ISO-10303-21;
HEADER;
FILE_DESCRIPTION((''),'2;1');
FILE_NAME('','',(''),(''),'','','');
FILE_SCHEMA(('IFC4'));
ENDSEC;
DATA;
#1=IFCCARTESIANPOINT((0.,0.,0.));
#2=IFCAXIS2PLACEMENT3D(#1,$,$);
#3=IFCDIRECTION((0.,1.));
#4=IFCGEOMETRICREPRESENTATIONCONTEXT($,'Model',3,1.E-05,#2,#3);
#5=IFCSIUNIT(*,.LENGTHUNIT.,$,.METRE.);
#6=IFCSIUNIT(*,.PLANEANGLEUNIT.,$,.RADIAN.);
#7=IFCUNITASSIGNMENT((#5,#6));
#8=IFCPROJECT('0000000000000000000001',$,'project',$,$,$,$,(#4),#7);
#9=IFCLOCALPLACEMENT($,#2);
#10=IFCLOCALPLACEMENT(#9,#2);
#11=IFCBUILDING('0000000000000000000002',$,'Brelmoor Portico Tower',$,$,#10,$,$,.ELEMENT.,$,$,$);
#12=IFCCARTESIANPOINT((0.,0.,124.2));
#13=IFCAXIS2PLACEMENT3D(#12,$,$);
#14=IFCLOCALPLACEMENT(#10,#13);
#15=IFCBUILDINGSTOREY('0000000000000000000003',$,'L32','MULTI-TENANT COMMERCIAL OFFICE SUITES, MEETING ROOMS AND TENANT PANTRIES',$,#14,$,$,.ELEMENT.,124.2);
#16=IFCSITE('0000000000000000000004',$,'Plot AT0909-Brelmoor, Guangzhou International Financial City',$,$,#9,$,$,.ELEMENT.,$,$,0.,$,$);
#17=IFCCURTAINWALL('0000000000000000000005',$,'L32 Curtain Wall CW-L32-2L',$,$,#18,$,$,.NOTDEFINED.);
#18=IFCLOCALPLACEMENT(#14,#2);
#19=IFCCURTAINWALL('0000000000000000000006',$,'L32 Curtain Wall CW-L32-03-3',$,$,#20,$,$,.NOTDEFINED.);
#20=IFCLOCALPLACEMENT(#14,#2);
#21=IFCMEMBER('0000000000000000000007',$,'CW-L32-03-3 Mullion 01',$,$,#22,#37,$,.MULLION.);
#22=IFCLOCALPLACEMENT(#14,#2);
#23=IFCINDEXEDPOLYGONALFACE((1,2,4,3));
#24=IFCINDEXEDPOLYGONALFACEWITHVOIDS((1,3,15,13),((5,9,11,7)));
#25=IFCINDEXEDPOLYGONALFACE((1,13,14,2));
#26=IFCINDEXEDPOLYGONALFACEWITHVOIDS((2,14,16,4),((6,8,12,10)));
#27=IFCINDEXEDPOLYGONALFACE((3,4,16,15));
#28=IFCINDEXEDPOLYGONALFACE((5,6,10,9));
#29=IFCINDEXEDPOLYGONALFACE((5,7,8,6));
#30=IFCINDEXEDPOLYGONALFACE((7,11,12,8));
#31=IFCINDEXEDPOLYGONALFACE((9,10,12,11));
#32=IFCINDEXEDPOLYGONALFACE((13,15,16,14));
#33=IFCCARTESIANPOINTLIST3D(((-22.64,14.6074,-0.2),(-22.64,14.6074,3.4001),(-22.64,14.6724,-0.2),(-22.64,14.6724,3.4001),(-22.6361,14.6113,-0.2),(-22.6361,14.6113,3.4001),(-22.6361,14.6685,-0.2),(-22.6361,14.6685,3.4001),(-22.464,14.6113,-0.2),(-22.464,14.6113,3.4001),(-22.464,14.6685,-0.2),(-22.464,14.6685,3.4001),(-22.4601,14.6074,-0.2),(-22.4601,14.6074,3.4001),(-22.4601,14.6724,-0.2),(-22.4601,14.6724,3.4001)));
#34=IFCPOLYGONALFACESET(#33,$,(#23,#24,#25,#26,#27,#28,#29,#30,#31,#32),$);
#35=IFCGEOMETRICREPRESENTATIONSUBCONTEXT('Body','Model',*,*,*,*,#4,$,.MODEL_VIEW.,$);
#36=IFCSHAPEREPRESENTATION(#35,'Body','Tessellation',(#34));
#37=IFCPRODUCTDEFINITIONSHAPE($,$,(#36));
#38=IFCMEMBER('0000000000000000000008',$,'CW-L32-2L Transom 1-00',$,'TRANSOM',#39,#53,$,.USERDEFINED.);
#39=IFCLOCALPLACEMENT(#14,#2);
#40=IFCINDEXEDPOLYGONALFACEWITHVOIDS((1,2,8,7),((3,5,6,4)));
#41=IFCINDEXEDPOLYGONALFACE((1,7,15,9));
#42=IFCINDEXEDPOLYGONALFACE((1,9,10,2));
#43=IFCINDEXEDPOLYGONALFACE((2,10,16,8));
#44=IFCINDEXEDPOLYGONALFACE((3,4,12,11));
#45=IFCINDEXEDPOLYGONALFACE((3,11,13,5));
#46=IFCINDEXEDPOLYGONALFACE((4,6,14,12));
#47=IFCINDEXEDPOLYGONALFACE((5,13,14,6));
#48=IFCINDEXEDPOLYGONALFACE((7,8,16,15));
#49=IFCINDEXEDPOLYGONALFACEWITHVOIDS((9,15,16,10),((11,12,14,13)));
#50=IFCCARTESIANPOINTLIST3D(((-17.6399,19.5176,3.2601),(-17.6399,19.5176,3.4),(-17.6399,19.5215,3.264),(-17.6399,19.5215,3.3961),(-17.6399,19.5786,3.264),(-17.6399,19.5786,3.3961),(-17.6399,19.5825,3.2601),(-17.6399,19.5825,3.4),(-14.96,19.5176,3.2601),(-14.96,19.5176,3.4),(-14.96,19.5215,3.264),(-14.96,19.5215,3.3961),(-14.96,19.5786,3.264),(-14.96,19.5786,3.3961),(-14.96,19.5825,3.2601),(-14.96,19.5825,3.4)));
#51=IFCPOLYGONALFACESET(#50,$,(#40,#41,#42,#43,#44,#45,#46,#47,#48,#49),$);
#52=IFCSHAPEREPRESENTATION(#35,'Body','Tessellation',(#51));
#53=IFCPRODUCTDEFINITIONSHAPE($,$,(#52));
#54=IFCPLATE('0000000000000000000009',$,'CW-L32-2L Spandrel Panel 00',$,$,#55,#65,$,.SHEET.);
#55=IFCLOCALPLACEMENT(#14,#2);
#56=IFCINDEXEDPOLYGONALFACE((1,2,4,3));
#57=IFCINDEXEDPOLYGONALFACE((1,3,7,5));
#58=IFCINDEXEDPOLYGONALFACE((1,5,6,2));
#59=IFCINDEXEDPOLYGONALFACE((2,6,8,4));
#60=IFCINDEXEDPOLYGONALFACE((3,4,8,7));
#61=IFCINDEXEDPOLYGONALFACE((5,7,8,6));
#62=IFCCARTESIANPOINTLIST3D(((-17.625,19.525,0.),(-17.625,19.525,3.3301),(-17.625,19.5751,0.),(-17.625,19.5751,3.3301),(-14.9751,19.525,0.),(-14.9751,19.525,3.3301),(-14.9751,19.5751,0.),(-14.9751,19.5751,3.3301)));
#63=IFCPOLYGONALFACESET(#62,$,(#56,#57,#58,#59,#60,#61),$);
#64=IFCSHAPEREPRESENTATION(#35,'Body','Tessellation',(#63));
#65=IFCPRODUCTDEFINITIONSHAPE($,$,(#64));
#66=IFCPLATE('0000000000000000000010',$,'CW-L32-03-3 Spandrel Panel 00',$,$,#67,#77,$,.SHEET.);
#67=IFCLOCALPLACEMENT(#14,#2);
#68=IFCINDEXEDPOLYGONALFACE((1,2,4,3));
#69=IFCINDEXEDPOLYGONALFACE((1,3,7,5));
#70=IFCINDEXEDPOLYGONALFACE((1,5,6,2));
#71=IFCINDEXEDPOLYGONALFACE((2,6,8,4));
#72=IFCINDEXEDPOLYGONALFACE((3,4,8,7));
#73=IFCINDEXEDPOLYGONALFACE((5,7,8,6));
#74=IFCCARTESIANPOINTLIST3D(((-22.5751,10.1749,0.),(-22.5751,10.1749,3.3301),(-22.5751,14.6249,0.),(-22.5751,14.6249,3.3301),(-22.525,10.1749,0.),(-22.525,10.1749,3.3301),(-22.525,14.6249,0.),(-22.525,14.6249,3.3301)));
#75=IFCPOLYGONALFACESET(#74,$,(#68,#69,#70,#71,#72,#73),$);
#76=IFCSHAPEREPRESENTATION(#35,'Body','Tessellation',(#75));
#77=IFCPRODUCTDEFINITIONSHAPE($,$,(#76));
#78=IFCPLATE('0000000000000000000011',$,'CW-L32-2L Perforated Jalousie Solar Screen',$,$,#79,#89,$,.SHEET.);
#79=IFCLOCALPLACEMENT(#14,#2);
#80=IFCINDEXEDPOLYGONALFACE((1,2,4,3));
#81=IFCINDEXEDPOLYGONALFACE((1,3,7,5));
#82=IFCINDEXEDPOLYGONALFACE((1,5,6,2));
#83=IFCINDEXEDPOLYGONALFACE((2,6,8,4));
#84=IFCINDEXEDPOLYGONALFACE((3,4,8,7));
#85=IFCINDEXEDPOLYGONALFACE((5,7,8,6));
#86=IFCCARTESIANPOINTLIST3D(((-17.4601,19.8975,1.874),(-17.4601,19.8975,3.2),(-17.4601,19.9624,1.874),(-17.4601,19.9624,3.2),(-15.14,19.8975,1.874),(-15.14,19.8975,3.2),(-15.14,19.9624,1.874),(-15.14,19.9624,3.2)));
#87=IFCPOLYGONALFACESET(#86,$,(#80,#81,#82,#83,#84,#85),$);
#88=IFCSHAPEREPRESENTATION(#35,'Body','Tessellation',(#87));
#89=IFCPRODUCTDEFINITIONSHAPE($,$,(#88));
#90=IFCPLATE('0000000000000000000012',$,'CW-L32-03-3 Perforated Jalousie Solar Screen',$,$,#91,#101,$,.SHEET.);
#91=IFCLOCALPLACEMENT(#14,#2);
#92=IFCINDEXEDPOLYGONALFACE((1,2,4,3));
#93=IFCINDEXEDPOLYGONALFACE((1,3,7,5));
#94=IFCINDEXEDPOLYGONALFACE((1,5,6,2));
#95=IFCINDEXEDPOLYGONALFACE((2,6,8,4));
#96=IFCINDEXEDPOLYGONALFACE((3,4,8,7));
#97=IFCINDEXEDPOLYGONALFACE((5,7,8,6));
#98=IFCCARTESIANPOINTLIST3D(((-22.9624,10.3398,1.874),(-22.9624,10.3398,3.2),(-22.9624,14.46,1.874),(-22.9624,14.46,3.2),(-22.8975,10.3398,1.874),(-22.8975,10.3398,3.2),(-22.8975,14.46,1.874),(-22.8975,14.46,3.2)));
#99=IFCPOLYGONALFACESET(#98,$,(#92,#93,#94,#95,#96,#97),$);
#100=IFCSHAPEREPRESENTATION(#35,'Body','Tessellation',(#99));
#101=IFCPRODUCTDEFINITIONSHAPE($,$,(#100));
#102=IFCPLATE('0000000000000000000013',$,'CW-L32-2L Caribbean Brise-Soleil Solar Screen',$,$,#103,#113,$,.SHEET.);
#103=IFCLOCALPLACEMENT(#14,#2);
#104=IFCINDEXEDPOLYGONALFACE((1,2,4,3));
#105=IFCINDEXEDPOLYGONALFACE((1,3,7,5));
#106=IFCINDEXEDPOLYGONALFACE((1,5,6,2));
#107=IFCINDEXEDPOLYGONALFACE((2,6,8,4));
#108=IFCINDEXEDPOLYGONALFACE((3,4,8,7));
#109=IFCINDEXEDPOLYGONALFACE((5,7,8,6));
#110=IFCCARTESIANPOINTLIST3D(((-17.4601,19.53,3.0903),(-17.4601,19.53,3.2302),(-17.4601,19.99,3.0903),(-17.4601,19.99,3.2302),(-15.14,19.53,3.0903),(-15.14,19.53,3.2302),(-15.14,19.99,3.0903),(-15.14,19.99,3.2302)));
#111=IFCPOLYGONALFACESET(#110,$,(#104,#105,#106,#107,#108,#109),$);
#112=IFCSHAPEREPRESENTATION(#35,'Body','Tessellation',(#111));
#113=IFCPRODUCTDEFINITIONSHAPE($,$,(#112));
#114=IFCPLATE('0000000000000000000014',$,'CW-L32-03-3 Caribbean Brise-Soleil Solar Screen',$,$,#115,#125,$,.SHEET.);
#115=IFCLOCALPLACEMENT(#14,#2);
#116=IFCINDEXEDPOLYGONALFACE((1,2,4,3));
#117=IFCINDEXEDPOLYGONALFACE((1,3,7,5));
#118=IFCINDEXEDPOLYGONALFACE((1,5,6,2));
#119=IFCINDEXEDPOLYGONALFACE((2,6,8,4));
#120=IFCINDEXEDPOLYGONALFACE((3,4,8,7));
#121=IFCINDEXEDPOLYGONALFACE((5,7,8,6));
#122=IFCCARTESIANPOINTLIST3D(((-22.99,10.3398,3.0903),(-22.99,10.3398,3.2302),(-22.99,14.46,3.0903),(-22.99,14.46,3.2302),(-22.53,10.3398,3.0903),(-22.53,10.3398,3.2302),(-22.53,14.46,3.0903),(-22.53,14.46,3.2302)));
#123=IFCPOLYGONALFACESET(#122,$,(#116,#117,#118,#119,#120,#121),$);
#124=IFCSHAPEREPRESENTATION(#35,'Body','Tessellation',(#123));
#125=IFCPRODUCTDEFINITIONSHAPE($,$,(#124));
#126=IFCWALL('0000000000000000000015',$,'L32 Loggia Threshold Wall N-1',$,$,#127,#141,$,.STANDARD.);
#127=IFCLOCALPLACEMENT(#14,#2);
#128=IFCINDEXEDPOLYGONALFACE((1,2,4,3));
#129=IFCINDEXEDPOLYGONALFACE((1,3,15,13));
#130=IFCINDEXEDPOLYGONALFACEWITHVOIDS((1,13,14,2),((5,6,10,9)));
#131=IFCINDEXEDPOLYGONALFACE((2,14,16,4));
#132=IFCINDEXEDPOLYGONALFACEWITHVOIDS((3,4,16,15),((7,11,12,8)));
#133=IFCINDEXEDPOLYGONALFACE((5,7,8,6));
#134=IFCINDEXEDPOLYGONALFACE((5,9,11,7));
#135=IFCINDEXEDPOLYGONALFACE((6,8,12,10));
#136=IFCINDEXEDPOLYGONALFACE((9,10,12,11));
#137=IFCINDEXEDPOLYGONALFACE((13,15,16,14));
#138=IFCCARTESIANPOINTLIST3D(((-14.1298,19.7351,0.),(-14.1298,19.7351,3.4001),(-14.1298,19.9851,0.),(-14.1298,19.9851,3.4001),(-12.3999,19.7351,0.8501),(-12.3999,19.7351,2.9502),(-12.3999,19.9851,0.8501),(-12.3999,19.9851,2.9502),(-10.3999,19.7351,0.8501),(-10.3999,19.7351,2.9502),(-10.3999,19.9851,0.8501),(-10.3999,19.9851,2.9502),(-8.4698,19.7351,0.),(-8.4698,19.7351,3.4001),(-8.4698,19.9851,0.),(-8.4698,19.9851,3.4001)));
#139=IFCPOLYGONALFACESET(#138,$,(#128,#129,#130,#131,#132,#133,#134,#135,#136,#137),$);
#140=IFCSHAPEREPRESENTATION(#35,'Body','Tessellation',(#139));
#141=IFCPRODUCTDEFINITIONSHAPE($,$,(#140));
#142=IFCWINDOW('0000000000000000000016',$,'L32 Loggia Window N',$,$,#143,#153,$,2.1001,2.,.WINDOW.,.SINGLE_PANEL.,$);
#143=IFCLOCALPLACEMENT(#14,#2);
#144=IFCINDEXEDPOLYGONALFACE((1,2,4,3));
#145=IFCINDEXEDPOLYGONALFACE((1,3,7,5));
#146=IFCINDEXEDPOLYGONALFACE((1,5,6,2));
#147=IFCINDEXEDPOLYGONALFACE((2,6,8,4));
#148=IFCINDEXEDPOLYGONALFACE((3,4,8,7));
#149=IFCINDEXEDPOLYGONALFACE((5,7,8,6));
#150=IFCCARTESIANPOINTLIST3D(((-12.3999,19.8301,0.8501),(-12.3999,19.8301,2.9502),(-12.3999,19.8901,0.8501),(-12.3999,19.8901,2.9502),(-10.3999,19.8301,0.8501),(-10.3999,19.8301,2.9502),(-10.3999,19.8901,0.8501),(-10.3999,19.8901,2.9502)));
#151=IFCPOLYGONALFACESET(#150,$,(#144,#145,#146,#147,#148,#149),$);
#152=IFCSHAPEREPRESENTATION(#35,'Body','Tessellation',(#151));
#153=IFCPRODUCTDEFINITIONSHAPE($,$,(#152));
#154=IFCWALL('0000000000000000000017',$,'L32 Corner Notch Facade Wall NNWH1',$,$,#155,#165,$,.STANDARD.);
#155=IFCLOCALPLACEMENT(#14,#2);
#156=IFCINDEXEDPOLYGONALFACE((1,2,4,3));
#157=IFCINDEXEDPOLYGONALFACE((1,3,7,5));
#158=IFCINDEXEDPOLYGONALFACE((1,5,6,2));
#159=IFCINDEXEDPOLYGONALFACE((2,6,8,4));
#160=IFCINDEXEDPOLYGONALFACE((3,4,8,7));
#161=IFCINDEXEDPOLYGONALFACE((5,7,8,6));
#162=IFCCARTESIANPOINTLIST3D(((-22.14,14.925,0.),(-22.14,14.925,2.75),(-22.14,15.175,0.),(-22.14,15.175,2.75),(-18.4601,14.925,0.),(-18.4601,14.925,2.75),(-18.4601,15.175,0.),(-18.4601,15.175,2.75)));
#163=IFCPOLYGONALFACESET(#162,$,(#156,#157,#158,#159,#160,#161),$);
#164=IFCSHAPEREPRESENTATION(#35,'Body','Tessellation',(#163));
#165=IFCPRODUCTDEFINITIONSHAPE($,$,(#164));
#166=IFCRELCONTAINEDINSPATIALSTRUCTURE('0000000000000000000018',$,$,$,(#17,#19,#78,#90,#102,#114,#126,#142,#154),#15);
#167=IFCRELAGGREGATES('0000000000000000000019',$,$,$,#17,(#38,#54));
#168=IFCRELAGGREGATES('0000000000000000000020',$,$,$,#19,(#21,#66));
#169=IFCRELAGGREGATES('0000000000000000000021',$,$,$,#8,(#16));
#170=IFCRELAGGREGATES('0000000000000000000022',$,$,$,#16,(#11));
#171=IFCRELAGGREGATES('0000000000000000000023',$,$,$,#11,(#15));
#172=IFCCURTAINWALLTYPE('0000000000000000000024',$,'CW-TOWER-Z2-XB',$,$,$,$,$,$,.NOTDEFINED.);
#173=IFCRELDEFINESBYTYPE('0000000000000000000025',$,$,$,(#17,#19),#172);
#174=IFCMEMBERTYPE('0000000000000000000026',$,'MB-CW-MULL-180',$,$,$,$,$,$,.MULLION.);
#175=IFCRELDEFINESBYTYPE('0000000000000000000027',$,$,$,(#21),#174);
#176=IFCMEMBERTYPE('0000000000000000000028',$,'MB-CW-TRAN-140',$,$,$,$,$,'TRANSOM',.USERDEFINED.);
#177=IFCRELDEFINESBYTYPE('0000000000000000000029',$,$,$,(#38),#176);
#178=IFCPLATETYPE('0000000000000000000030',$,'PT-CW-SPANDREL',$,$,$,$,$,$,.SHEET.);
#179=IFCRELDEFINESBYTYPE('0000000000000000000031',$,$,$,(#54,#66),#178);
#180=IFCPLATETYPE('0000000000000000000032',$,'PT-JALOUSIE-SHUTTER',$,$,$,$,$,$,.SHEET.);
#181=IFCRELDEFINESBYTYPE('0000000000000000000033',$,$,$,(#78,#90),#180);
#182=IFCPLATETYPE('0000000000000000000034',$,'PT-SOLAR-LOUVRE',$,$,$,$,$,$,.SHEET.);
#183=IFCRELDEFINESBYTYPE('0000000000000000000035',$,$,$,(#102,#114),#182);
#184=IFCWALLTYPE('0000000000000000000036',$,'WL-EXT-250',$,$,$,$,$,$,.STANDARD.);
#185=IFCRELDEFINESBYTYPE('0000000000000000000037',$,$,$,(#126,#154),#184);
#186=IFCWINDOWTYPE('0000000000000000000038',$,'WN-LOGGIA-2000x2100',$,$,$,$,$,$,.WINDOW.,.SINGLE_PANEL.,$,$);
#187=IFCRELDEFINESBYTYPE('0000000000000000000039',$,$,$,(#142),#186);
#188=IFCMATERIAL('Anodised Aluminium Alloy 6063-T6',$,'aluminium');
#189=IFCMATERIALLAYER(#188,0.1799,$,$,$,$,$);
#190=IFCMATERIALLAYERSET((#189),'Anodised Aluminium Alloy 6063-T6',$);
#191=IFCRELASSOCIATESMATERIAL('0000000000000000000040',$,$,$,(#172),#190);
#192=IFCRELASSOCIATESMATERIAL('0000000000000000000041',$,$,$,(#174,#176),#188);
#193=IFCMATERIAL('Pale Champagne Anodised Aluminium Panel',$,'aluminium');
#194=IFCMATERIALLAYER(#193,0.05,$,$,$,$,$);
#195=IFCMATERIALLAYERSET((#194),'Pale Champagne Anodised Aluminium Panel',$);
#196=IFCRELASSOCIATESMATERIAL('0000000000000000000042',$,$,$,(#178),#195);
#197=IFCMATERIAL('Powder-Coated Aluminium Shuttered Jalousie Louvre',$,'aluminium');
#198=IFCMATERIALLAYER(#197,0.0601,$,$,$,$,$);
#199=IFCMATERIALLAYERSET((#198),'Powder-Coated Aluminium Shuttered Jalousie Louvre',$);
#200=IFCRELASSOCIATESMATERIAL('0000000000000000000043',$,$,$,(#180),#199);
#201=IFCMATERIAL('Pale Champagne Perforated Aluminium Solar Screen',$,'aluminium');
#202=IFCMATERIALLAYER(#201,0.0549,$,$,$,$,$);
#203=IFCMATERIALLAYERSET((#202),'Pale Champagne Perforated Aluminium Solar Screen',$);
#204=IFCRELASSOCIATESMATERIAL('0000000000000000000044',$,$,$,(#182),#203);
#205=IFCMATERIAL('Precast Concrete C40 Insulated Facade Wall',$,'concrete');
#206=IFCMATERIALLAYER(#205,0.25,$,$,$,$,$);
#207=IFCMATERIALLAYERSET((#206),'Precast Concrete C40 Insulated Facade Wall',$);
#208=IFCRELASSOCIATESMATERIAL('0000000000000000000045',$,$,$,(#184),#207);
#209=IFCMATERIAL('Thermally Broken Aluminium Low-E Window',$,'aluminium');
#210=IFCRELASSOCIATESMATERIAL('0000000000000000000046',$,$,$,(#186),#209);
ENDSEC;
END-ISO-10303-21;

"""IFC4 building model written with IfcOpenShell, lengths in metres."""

from ifc_helpers import new_model, si_unit, direction, frame, frame_2d, origin, origin_2d, place, context, subcontext, project, spatial, rectangle, hollow_rectangle, extrude, material, layer, layer_set, material_profile, profile_set, type_object, element, fill, aggregate, save


model = new_model("IFC4")

# Units and contexts
model_context = context("Model", 3, precision=1e-05, world=origin(), true_north=direction((0.0, 1.0)))
body_context = subcontext(model_context, "Body", "Model", "MODEL_VIEW")
ifc_project = project(units=[si_unit("LENGTHUNIT", "METRE"), si_unit("PLANEANGLEUNIT", "RADIAN")], contexts=[model_context])

# Site, building, storey
site_placement = place(None, origin())
site = spatial("IfcSite", under=ifc_project, at=site_placement, Name="Plot AT0909-Brelmoor, Guangzhou International Financial City", CompositionType="ELEMENT", RefElevation=0.0)
building_placement = place(site_placement, origin())
building = spatial("IfcBuilding", under=site, at=building_placement, Name="Brelmoor Portico Tower", CompositionType="ELEMENT")
storey_placement = place(building_placement, frame((0.0, 0.0, 124.2)))
storey = spatial("IfcBuildingStorey", under=building, at=storey_placement, Name="L32", Description="MULTI-TENANT COMMERCIAL OFFICE SUITES, MEETING ROOMS AND TENANT PANTRIES", CompositionType="ELEMENT", Elevation=124.2)

# Curtain wall
ifc_material_1 = material(Name="Anodised Aluminium Alloy 6063-T6", Category="aluminium")
ifc_layer_1 = layer(ifc_material_1, 0.1799)
ifc_layer_set_1 = layer_set([ifc_layer_1], Name="Anodised Aluminium Alloy 6063-T6")
curtain_wall_type = type_object("IfcCurtainWallType", Name="CW-TOWER-Z2-XB", PredefinedType="NOTDEFINED", material=ifc_layer_set_1)
curtain_wall_1_placement = place(storey_placement, origin())
curtain_wall_1 = element("IfcCurtainWall", 1, at=curtain_wall_1_placement, inside=storey, type_object=curtain_wall_type, Name="L32 Curtain Wall CW-L32-2L", PredefinedType="NOTDEFINED")
ifc_material_profile_1 = material_profile(ifc_material_1, hollow_rectangle(XDim=0.0649, YDim=0.1799, WallThickness=0.0039, at=origin_2d()), Name="ALU MULLION 65x180")
ifc_profile_set_1 = profile_set([ifc_material_profile_1], Name="Anodised Aluminium Alloy 6063-T6")
member_type_1 = type_object("IfcMemberType", Name="MB-CW-MULL-180", PredefinedType="MULLION", material=ifc_profile_set_1)

# Curtain wall, member
curtain_wall_2_placement = place(storey_placement, origin())
curtain_wall_2 = element("IfcCurtainWall", 2, at=curtain_wall_2_placement, inside=storey, type_object=curtain_wall_type, Name="L32 Curtain Wall CW-L32-03-3", PredefinedType="NOTDEFINED")
member_1_placement = place(storey_placement, frame((-22.55, 14.6399, -0.2), z_axis=(0.0, 0.0, 1.0), x_axis=(0.0, 1.0, 0.0)))
member_1 = element("IfcMember", 3, at=member_1_placement, type_object=member_type_1, Name="CW-L32-03-3 Mullion 01", PredefinedType="MULLION", context=body_context, shape_type="SweptSolid", body=[
    extrude(hollow_rectangle(XDim=0.0649, YDim=0.1799, WallThickness=0.0039, at=origin_2d()), origin(), (0.0, 0.0, 1.0), 3.6001),
])

# Member
ifc_material_profile_2 = material_profile(ifc_material_1, hollow_rectangle(XDim=0.0649, YDim=0.1399, WallThickness=0.0039, at=origin_2d()), Name="ALU TRANSOM 65x140")
ifc_profile_set_2 = profile_set([ifc_material_profile_2], Name="Anodised Aluminium Alloy 6063-T6")
member_type_2 = type_object("IfcMemberType", Name="MB-CW-TRAN-140", ElementType="TRANSOM", PredefinedType="USERDEFINED", material=ifc_profile_set_2)
member_2_placement = place(storey_placement, frame((-17.6399, 19.55, 3.3301), z_axis=(1.0, 0.0, 0.0), x_axis=(0.0, 1.0, 0.0)))
member_2 = element("IfcMember", 4, at=member_2_placement, type_object=member_type_2, Name="CW-L32-2L Transom 1-00", ObjectType="TRANSOM", PredefinedType="USERDEFINED", context=body_context, shape_type="SweptSolid", body=[
    extrude(hollow_rectangle(XDim=0.0649, YDim=0.1399, WallThickness=0.0039, at=origin_2d()), origin(), (0.0, 0.0, 1.0), 2.6799),
])

# Plates
ifc_material_2 = material(Name="Pale Champagne Anodised Aluminium Panel", Category="aluminium")
ifc_layer_2 = layer(ifc_material_2, 0.05)
ifc_layer_set_2 = layer_set([ifc_layer_2], Name="Pale Champagne Anodised Aluminium Panel")
plate_type_1 = type_object("IfcPlateType", Name="PT-CW-SPANDREL", PredefinedType="SHEET", material=ifc_layer_set_2)
plate_1_placement = place(storey_placement, frame((-16.3, 19.55, 0.0), z_axis=(0.0, 0.0, 1.0), x_axis=(1.0, 0.0, 0.0)))
plate_1 = element("IfcPlate", 5, at=plate_1_placement, type_object=plate_type_1, Name="CW-L32-2L Spandrel Panel 00", PredefinedType="SHEET", context=body_context, shape_type="SweptSolid", body=[
    extrude(rectangle(XDim=2.6499, YDim=0.05, at=origin_2d()), origin(), (0.0, 0.0, 1.0), 3.3301),
])
aggregate(curtain_wall_1, [member_2, plate_1])
plate_2_placement = place(storey_placement, frame((-22.55, 12.3999, 0.0), z_axis=(0.0, 0.0, 1.0), x_axis=(0.0, 1.0, 0.0)))
plate_2 = element("IfcPlate", 6, at=plate_2_placement, type_object=plate_type_1, Name="CW-L32-03-3 Spandrel Panel 00", PredefinedType="SHEET", context=body_context, shape_type="SweptSolid", body=[
    extrude(rectangle(XDim=4.45, YDim=0.05, at=origin_2d()), origin(), (0.0, 0.0, 1.0), 3.3301),
])
aggregate(curtain_wall_2, [member_1, plate_2])

# Plates
ifc_material_3 = material(Name="Powder-Coated Aluminium Shuttered Jalousie Louvre", Category="aluminium")
ifc_layer_3 = layer(ifc_material_3, 0.0601)
ifc_layer_set_3 = layer_set([ifc_layer_3], Name="Powder-Coated Aluminium Shuttered Jalousie Louvre")
plate_type_2 = type_object("IfcPlateType", Name="PT-JALOUSIE-SHUTTER", PredefinedType="SHEET", material=ifc_layer_set_3)
plate_3_placement = place(storey_placement, frame((-16.3, 19.9299, 1.874), z_axis=(0.0, 0.0, 1.0), x_axis=(1.0, 0.0, 0.0)))
element("IfcPlate", 7, at=plate_3_placement, inside=storey, type_object=plate_type_2, Name="CW-L32-2L Perforated Jalousie Solar Screen", PredefinedType="SHEET", context=body_context, shape_type="SweptSolid", body=[
    extrude(rectangle(XDim=2.3201, YDim=0.0649, at=origin_2d()), origin(), (0.0, 0.0, 1.0), 1.3259),
])
plate_4_placement = place(storey_placement, frame((-22.9299, 12.3999, 1.874), z_axis=(0.0, 0.0, 1.0), x_axis=(0.0, 1.0, 0.0)))
element("IfcPlate", 8, at=plate_4_placement, inside=storey, type_object=plate_type_2, Name="CW-L32-03-3 Perforated Jalousie Solar Screen", PredefinedType="SHEET", context=body_context, shape_type="SweptSolid", body=[
    extrude(rectangle(XDim=4.1201, YDim=0.0649, at=origin_2d()), origin(), (0.0, 0.0, 1.0), 1.3259),
])
ifc_material_4 = material(Name="Pale Champagne Perforated Aluminium Solar Screen", Category="aluminium")
ifc_layer_4 = layer(ifc_material_4, 0.0549)
ifc_layer_set_4 = layer_set([ifc_layer_4], Name="Pale Champagne Perforated Aluminium Solar Screen")
plate_type_3 = type_object("IfcPlateType", Name="PT-SOLAR-LOUVRE", PredefinedType="SHEET", material=ifc_layer_set_4)
plate_5_placement = place(storey_placement, frame((-16.3, 19.76, 3.0903), z_axis=(0.0, 0.0, 1.0), x_axis=(1.0, 0.0, 0.0)))
element("IfcPlate", 9, at=plate_5_placement, inside=storey, type_object=plate_type_3, Name="CW-L32-2L Caribbean Brise-Soleil Solar Screen", PredefinedType="SHEET", context=body_context, shape_type="SweptSolid", body=[
    extrude(rectangle(XDim=2.3201, YDim=0.46, at=origin_2d()), origin(), (0.0, 0.0, 1.0), 0.1399),
])
plate_6_placement = place(storey_placement, frame((-22.76, 12.3999, 3.0903), z_axis=(0.0, 0.0, 1.0), x_axis=(0.0, 1.0, 0.0)))
element("IfcPlate", 10, at=plate_6_placement, inside=storey, type_object=plate_type_3, Name="CW-L32-03-3 Caribbean Brise-Soleil Solar Screen", PredefinedType="SHEET", context=body_context, shape_type="SweptSolid", body=[
    extrude(rectangle(XDim=4.1201, YDim=0.46, at=origin_2d()), origin(), (0.0, 0.0, 1.0), 0.1399),
])

# Wall, opening, window
ifc_material_5 = material(Name="Precast Concrete C40 Insulated Facade Wall", Category="concrete")
ifc_layer_5 = layer(ifc_material_5, 0.25)
ifc_layer_set_5 = layer_set([ifc_layer_5], Name="Precast Concrete C40 Insulated Facade Wall")
wall_type = type_object("IfcWallType", Name="WL-EXT-250", PredefinedType="STANDARD", material=ifc_layer_set_5)
wall_placement = place(storey_placement, frame((-14.1299, 19.8601, 0.0), z_axis=(0.0, 0.0, 1.0), x_axis=(1.0, 0.0, 0.0)))
wall = element("IfcWall", 11, at=wall_placement, inside=storey, type_object=wall_type, Name="L32 Loggia Threshold Wall N-1", PredefinedType="STANDARD", context=body_context, shape_type="SweptSolid", body=[
    extrude(rectangle(XDim=5.6599, YDim=0.25, at=frame_2d((2.8301, 0.0))), origin(), (0.0, 0.0, 1.0), 3.4001),
])
opening_placement = place(wall_placement, frame((1.73, 0.0, 0.8501)))
opening = element("IfcOpeningElement", 12, at=opening_placement, cuts=wall, PredefinedType="OPENING", context=body_context, shape_type="SweptSolid", body=[
    extrude(rectangle(XDim=2.0, YDim=2.1001, at=frame_2d((1.0, 1.05))), frame((0.0, 0.135, 0.0), z_axis=(0.0, -1.0, 0.0), x_axis=(1.0, 0.0, 0.0)), (0.0, 0.0, 1.0), 0.27),
])
ifc_material_6 = material(Name="Thermally Broken Aluminium Low-E Window", Category="aluminium")
window_type = type_object("IfcWindowType", Name="WN-LOGGIA-2000x2100", PartitioningType="SINGLE_PANEL", PredefinedType="WINDOW", material=ifc_material_6)
window_placement = place(opening_placement, origin())
window = element("IfcWindow", 13, at=window_placement, inside=storey, type_object=window_type, Name="L32 Loggia Window N", OverallHeight=2.1001, OverallWidth=2.0, PartitioningType="SINGLE_PANEL", PredefinedType="WINDOW", context=body_context, shape_type="SweptSolid", body=[
    extrude(rectangle(XDim=2.0, YDim=2.1001, at=frame_2d((1.0, 1.05))), frame((0.0, 0.03, 0.0), z_axis=(0.0, -1.0, 0.0), x_axis=(1.0, 0.0, 0.0)), (0.0, 0.0, 1.0), 0.0601),
])
fill(opening, window)

# Wall
for number, where, z_axis, x_axis, name in (
    (14, (-22.1399, 15.05, 0.0), (0.0, 0.0, 1.0), (1.0, 0.0, 0.0), "L32 Corner Notch Facade Wall NNWH1"),
):
    element("IfcWall", number, at=place(storey_placement, frame(where, z_axis=z_axis, x_axis=x_axis)), inside=storey, type_object=wall_type, Name=name, PredefinedType="STANDARD", context=body_context, shape_type="SweptSolid", body=[
        extrude(rectangle(XDim=3.6799, YDim=0.25, at=frame_2d((1.8398, 0.0))), origin(), (0.0, 0.0, 1.0), 2.75),
    ])

save(model, "model.ifc")
